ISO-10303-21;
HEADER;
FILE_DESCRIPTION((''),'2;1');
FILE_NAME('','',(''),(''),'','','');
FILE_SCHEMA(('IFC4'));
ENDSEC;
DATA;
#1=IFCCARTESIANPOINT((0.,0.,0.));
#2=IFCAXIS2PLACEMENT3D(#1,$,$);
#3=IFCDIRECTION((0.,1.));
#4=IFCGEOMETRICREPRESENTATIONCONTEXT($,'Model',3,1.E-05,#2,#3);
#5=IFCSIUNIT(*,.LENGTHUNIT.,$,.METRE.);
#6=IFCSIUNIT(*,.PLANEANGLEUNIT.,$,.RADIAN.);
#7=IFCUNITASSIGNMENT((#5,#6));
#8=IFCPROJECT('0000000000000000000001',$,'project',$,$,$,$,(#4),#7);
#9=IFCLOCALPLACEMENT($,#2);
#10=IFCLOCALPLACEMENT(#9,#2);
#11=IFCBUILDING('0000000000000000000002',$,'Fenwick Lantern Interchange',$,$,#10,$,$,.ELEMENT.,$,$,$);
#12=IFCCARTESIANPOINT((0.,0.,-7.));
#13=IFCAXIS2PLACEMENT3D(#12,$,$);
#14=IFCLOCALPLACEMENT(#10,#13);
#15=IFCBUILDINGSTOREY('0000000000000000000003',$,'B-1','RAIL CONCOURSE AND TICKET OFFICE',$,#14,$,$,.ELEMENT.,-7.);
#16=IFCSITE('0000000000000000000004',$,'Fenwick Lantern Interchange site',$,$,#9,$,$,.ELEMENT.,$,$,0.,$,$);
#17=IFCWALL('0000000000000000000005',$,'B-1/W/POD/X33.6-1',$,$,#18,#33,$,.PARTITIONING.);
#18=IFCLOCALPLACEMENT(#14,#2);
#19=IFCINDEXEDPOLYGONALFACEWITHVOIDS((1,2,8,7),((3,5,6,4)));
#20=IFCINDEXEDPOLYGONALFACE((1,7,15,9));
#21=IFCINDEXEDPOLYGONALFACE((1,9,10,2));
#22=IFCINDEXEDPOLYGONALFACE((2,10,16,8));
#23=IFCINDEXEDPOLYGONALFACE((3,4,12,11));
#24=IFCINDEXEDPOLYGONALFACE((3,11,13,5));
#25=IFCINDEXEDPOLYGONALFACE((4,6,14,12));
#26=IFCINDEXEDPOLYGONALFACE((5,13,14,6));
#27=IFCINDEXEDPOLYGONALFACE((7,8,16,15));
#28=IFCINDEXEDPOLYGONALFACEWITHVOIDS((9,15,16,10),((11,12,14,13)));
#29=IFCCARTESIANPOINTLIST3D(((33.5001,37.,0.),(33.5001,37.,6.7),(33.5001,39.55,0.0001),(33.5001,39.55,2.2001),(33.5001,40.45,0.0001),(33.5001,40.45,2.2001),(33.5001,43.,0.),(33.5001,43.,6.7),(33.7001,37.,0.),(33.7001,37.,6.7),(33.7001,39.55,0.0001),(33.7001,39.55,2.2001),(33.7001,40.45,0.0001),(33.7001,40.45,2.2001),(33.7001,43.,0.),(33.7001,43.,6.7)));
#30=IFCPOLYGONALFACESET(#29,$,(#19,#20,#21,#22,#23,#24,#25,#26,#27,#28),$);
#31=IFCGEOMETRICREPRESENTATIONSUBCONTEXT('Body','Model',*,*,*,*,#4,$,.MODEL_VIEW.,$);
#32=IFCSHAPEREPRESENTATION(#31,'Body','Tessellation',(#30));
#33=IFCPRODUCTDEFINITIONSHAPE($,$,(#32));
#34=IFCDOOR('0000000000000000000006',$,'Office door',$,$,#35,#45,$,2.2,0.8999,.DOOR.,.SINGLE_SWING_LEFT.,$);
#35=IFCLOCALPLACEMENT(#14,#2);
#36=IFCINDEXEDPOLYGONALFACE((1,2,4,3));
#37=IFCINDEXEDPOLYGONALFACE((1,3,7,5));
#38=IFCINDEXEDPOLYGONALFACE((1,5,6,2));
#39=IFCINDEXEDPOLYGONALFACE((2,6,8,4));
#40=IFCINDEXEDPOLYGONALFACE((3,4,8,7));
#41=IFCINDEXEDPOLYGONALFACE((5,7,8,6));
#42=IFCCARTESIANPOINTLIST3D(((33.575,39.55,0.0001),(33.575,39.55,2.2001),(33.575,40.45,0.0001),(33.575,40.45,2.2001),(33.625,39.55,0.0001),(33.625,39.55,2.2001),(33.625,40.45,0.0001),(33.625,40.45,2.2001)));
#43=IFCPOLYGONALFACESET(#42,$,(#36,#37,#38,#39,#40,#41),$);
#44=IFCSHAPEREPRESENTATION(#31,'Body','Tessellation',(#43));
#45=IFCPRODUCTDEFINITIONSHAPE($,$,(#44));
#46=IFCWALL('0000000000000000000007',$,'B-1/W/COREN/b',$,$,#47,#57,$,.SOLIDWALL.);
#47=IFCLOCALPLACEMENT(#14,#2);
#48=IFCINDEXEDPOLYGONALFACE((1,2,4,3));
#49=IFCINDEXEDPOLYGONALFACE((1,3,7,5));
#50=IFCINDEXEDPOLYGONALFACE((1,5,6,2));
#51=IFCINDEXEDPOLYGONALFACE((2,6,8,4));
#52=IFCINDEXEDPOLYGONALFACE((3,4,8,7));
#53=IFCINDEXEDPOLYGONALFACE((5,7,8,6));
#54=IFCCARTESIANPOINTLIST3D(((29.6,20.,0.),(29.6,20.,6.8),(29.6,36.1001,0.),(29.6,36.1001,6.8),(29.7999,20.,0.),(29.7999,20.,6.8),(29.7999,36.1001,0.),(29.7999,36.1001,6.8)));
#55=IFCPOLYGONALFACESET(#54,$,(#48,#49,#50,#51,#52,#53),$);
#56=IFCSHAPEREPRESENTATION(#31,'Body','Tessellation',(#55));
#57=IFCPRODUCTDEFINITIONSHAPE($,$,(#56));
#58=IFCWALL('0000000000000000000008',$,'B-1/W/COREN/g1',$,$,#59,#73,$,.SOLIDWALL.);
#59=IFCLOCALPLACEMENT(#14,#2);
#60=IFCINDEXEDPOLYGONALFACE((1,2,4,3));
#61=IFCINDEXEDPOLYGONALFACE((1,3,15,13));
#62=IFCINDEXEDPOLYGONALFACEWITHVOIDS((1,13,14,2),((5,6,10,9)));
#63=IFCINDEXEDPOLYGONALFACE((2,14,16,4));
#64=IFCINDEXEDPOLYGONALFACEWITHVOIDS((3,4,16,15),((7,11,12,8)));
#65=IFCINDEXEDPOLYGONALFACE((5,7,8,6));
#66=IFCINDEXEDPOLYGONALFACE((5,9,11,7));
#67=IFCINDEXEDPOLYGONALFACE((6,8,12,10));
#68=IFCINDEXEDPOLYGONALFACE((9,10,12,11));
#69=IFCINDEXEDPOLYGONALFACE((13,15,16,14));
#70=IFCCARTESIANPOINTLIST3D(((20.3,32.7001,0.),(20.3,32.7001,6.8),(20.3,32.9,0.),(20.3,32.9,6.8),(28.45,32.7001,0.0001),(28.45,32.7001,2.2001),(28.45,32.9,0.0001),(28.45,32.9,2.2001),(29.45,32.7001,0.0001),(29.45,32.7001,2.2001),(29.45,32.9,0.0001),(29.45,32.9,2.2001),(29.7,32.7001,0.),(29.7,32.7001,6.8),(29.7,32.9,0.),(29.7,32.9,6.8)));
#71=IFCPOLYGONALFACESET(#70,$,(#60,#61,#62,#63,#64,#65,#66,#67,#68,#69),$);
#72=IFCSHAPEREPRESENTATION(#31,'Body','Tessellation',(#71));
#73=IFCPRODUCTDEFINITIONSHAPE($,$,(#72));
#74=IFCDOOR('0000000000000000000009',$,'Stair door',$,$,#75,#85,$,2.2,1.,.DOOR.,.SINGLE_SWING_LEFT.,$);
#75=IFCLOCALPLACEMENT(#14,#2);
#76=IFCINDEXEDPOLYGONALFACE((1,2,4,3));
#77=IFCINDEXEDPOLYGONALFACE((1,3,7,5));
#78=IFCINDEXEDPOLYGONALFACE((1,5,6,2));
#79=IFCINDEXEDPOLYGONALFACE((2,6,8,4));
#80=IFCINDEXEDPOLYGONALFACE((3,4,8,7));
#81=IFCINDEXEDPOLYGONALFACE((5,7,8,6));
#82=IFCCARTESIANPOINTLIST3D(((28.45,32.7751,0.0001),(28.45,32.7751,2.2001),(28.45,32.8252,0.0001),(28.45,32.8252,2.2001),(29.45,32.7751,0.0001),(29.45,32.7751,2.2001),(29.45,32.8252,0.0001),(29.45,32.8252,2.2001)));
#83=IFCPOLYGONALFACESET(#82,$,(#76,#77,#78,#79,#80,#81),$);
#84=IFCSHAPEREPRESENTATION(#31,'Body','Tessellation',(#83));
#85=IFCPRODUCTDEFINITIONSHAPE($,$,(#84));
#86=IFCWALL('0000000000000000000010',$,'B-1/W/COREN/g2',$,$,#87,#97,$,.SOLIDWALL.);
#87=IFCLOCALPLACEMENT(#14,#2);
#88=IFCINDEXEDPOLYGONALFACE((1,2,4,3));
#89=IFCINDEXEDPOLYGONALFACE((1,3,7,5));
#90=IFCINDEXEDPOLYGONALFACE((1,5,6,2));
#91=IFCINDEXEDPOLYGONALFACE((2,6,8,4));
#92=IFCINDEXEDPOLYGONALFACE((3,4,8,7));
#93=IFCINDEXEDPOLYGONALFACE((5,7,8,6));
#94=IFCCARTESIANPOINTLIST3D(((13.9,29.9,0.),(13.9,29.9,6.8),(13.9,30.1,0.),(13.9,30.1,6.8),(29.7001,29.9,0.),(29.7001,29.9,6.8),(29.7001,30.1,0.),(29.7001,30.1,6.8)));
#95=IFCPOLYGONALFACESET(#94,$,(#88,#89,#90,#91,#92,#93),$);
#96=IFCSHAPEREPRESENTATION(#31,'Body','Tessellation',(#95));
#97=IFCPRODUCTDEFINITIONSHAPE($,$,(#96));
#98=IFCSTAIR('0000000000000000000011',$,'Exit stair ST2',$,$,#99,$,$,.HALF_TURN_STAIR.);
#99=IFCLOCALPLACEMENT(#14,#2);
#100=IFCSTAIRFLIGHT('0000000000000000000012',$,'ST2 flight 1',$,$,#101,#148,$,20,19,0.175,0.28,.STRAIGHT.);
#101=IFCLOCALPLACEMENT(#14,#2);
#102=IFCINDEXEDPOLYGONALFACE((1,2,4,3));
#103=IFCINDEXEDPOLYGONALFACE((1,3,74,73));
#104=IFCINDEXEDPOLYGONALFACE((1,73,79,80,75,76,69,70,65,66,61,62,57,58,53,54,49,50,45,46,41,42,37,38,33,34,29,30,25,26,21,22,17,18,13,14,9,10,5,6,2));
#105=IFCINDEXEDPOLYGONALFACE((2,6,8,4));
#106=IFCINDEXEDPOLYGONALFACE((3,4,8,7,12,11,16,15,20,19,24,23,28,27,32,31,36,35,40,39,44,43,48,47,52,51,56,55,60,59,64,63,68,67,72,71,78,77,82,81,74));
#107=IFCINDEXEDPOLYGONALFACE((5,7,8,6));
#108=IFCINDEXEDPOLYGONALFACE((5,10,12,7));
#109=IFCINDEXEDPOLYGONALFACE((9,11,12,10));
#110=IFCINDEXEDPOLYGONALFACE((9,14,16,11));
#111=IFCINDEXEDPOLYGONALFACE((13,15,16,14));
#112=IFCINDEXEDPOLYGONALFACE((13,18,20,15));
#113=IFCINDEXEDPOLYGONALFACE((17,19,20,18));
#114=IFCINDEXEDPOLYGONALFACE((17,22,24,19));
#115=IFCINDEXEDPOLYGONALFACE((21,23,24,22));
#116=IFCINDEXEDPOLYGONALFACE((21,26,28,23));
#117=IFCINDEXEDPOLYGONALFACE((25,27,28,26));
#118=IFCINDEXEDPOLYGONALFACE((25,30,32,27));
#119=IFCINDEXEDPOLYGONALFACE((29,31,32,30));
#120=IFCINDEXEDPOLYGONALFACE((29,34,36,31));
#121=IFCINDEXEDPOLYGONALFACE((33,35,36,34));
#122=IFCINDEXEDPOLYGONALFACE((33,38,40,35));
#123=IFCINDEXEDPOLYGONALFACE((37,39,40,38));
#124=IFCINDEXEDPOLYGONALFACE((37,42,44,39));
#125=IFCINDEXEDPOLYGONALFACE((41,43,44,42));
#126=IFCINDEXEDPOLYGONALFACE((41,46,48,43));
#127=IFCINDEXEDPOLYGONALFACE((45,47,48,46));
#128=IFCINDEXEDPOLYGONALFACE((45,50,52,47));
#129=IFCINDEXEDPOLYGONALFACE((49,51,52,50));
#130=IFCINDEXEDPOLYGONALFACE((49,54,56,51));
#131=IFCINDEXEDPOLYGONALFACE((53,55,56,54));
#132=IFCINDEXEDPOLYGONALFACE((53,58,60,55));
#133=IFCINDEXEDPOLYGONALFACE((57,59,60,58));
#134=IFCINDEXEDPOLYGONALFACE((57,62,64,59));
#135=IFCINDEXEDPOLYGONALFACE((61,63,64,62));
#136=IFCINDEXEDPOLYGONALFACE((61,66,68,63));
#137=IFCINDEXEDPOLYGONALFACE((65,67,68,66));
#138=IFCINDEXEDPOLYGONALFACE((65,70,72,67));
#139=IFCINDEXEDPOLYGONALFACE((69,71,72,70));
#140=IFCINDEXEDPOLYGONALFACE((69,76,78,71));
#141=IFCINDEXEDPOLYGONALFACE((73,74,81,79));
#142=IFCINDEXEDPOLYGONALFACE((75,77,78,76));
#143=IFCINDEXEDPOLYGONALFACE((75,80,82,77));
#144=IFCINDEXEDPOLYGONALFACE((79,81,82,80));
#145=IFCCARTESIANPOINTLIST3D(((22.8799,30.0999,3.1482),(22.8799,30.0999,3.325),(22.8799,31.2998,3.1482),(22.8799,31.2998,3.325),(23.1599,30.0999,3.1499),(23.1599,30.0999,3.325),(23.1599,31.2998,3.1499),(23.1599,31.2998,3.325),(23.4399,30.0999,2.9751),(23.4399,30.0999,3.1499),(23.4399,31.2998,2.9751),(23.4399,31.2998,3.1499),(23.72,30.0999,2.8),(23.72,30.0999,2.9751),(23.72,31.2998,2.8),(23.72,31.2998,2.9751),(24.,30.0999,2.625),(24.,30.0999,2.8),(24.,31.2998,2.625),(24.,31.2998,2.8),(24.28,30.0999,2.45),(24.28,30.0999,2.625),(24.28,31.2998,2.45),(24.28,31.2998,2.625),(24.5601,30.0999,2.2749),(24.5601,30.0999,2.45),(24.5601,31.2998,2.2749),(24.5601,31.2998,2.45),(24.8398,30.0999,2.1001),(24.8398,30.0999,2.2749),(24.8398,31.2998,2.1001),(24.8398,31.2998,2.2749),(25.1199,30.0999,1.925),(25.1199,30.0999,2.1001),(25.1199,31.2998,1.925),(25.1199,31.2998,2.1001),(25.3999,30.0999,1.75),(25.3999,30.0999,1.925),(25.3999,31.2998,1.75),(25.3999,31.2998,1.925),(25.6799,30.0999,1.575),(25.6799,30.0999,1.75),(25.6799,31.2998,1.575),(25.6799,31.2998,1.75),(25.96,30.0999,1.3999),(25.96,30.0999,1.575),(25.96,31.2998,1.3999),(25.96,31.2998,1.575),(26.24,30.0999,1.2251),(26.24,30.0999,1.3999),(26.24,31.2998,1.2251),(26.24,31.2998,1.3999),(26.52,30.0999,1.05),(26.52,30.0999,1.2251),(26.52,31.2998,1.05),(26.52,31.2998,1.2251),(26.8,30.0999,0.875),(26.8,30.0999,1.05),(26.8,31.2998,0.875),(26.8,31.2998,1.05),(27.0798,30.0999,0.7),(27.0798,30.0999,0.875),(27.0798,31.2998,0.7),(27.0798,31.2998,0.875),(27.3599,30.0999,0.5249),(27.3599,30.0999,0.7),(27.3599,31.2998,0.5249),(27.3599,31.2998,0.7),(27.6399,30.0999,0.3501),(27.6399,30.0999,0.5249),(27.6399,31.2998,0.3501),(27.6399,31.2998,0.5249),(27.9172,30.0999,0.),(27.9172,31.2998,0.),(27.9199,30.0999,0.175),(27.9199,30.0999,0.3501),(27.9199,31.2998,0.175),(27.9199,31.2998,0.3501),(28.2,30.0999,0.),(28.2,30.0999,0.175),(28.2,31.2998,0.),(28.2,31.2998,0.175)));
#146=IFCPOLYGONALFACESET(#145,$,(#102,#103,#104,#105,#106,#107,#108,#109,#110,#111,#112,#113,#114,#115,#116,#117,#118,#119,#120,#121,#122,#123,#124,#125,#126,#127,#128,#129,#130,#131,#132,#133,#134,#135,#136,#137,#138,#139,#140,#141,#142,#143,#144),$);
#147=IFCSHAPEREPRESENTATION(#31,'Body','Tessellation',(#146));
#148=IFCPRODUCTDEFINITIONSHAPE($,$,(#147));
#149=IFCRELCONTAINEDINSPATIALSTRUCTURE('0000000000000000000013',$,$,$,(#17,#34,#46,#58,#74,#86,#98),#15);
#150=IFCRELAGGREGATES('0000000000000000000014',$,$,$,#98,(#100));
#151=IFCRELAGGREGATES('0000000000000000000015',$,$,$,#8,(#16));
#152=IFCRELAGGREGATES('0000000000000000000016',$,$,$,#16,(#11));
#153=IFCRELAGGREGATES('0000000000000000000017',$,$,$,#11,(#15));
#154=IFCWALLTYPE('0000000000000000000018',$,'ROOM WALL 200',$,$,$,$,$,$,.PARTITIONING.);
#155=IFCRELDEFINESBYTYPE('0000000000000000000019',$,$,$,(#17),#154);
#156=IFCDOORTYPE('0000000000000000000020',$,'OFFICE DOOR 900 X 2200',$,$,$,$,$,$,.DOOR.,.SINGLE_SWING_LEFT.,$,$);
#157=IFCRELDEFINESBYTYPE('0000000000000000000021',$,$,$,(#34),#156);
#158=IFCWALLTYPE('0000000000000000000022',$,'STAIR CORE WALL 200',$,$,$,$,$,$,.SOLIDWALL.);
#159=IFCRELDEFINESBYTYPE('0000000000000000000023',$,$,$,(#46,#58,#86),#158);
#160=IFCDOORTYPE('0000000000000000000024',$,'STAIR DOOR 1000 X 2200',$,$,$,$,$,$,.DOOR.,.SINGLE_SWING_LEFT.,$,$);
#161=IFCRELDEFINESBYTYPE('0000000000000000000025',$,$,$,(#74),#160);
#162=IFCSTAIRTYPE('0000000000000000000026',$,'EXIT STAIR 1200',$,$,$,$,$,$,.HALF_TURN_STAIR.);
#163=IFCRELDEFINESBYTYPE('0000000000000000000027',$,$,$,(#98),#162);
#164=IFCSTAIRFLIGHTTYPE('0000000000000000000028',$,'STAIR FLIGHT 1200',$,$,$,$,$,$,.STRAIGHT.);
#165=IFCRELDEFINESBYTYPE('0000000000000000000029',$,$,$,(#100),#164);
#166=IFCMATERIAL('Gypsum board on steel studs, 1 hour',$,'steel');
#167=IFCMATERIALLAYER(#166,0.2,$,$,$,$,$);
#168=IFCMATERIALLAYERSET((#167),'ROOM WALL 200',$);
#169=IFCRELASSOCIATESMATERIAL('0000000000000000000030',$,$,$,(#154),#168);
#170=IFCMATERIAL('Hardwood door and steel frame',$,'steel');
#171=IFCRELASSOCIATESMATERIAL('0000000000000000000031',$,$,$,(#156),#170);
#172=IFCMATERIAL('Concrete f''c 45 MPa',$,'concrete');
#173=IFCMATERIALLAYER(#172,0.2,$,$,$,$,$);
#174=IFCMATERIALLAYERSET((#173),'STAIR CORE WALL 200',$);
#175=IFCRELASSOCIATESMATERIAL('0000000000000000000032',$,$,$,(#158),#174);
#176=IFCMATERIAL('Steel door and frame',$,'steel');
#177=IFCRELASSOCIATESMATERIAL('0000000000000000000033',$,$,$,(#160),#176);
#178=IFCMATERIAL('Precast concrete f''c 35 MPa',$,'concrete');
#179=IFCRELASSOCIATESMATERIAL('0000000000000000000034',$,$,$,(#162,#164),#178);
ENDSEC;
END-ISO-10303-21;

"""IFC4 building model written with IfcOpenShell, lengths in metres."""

from ifc_helpers import new_model, si_unit, direction, frame, frame_2d, origin, place, context, subcontext, project, spatial, polyline, rectangle, outline, extrude, material, layer, layer_set, type_object, element, fill, aggregate, save


model = new_model("IFC4")

# Units and contexts
model_context = context("Model", 3, precision=1e-05, world=origin(), true_north=direction((0.0, 1.0)))
body_context = subcontext(model_context, "Body", "Model", "MODEL_VIEW")
ifc_project = project(units=[si_unit("LENGTHUNIT", "METRE"), si_unit("PLANEANGLEUNIT", "RADIAN")], contexts=[model_context])

# Site, building, storey
site_placement = place(None, origin())
site = spatial("IfcSite", under=ifc_project, at=site_placement, Name="Fenwick Lantern Interchange site", CompositionType="ELEMENT", RefElevation=0.0)
building_placement = place(site_placement, origin())
building = spatial("IfcBuilding", under=site, at=building_placement, Name="Fenwick Lantern Interchange", CompositionType="ELEMENT")
storey_placement = place(building_placement, frame((0.0, 0.0, -7.0)))
storey = spatial("IfcBuildingStorey", under=building, at=storey_placement, Name="B-1", Description="RAIL CONCOURSE AND TICKET OFFICE", CompositionType="ELEMENT", Elevation=-7.0)

# Shared definitions
ifc_material_1 = material(Name="Concrete f'c 45 MPa", Category="concrete")

# Wall, opening, door
ifc_material_2 = material(Name="Steel door and frame", Category="steel")
ifc_material_3 = material(Name="Gypsum board on steel studs, 1 hour", Category="steel")
ifc_layer_1 = layer(ifc_material_3, 0.2)
ifc_layer_set_1 = layer_set([ifc_layer_1], Name="ROOM WALL 200")
wall_type_1 = type_object("IfcWallType", Name="ROOM WALL 200", PredefinedType="PARTITIONING", material=ifc_layer_set_1)
wall_1_placement = place(storey_placement, frame((33.6001, 37.0, 0.0), z_axis=(0.0, 0.0, 1.0), x_axis=(0.0, 1.0, 0.0)))
wall_1 = element("IfcWall", 1, at=wall_1_placement, inside=storey, type_object=wall_type_1, Name="B-1/W/POD/X33.6-1", PredefinedType="PARTITIONING", context=body_context, shape_type="SweptSolid", body=[
    extrude(rectangle(XDim=6.0, YDim=0.2, at=frame_2d((3.0, 0.0))), origin(), (0.0, 0.0, 1.0), 6.7),
])
opening_1_placement = place(wall_1_placement, frame((2.55, 0.0, 0.0)))
opening_1 = element("IfcOpeningElement", 2, at=opening_1_placement, cuts=wall_1, PredefinedType="OPENING", context=body_context, shape_type="SweptSolid", body=[
    extrude(rectangle(XDim=0.8999, YDim=2.2, at=frame_2d((0.45, 1.1001))), frame((0.0, 0.1099, 0.0), z_axis=(0.0, -1.0, 0.0), x_axis=(1.0, 0.0, 0.0)), (0.0, 0.0, 1.0), 0.22),
])
ifc_material_4 = material(Name="Hardwood door and steel frame", Category="steel")
door_type_1 = type_object("IfcDoorType", Name="OFFICE DOOR 900 X 2200", OperationType="SINGLE_SWING_LEFT", PredefinedType="DOOR", material=ifc_material_4)
door_1_placement = place(opening_1_placement, frame((0.8999, 0.0, 0.0), z_axis=(0.0, 0.0, 1.0), x_axis=(-1.0, 0.0, 0.0)))
door_1 = element("IfcDoor", 3, at=door_1_placement, inside=storey, type_object=door_type_1, Name="Office door", OperationType="SINGLE_SWING_LEFT", OverallHeight=2.2, OverallWidth=0.8999, PredefinedType="DOOR", context=body_context, shape_type="SweptSolid", body=[
    extrude(rectangle(XDim=0.8999, YDim=2.2, at=frame_2d((0.45, 1.1001))), frame((0.0, 0.0249, 0.0), z_axis=(0.0, -1.0, 0.0), x_axis=(1.0, 0.0, 0.0)), (0.0, 0.0, 1.0), 0.05),
])
fill(opening_1, door_1)

# Wall
ifc_layer_2 = layer(ifc_material_1, 0.2)
ifc_layer_set_2 = layer_set([ifc_layer_2], Name="STAIR CORE WALL 200")
wall_type_2 = type_object("IfcWallType", Name="STAIR CORE WALL 200", PredefinedType="SOLIDWALL", material=ifc_layer_set_2)
wall_2_placement = place(storey_placement, frame((29.7, 36.1001, 0.0), z_axis=(0.0, 0.0, 1.0), x_axis=(0.0, -1.0, 0.0)))
element("IfcWall", 4, at=wall_2_placement, inside=storey, type_object=wall_type_2, Name="B-1/W/COREN/b", PredefinedType="SOLIDWALL", context=body_context, shape_type="SweptSolid", body=[
    extrude(rectangle(XDim=16.1001, YDim=0.2, at=frame_2d((8.05, 0.0))), origin(), (0.0, 0.0, 1.0), 6.8),
])

# Wall, opening, door
wall_3_placement = place(storey_placement, frame((29.7, 32.8, 0.0), z_axis=(0.0, 0.0, 1.0), x_axis=(-1.0, 0.0, 0.0)))
wall_3 = element("IfcWall", 5, at=wall_3_placement, inside=storey, type_object=wall_type_2, Name="B-1/W/COREN/g1", PredefinedType="SOLIDWALL", context=body_context, shape_type="SweptSolid", body=[
    extrude(rectangle(XDim=9.3999, YDim=0.2, at=frame_2d((4.7, 0.0))), origin(), (0.0, 0.0, 1.0), 6.8),
])
opening_2_placement = place(wall_3_placement, frame((0.25, 0.0, 0.0)))
opening_2 = element("IfcOpeningElement", 6, at=opening_2_placement, cuts=wall_3, PredefinedType="OPENING", context=body_context, shape_type="SweptSolid", body=[
    extrude(rectangle(XDim=1.0, YDim=2.2, at=frame_2d((0.5, 1.1001))), frame((0.0, 0.1099, 0.0), z_axis=(0.0, -1.0, 0.0), x_axis=(1.0, 0.0, 0.0)), (0.0, 0.0, 1.0), 0.22),
])
door_type_2 = type_object("IfcDoorType", Name="STAIR DOOR 1000 X 2200", OperationType="SINGLE_SWING_LEFT", PredefinedType="DOOR", material=ifc_material_2)
door_2_placement = place(opening_2_placement, origin())
door_2 = element("IfcDoor", 7, at=door_2_placement, inside=storey, type_object=door_type_2, Name="Stair door", OperationType="SINGLE_SWING_LEFT", OverallHeight=2.2, OverallWidth=1.0, PredefinedType="DOOR", context=body_context, shape_type="SweptSolid", body=[
    extrude(rectangle(XDim=1.0, YDim=2.2, at=frame_2d((0.5, 1.1001))), frame((0.0, 0.0249, 0.0), z_axis=(0.0, -1.0, 0.0), x_axis=(1.0, 0.0, 0.0)), (0.0, 0.0, 1.0), 0.05),
])
fill(opening_2, door_2)

# Wall
wall_4_placement = place(storey_placement, frame((29.7, 30.0, 0.0), z_axis=(0.0, 0.0, 1.0), x_axis=(-1.0, 0.0, 0.0)))
element("IfcWall", 8, at=wall_4_placement, inside=storey, type_object=wall_type_2, Name="B-1/W/COREN/g2", PredefinedType="SOLIDWALL", context=body_context, shape_type="SweptSolid", body=[
    extrude(rectangle(XDim=15.8, YDim=0.2, at=frame_2d((7.8999, 0.0))), origin(), (0.0, 0.0, 1.0), 6.8),
])

# Stair, stair flight
ifc_material_5 = material(Name="Precast concrete f'c 35 MPa", Category="concrete")
stair_type = type_object("IfcStairType", Name="EXIT STAIR 1200", PredefinedType="HALF_TURN_STAIR", material=ifc_material_5)
stair_placement = place(storey_placement, origin())
stair = element("IfcStair", 9, at=stair_placement, inside=storey, type_object=stair_type, Name="Exit stair ST2", PredefinedType="HALF_TURN_STAIR")
stair_flight_type = type_object("IfcStairFlightType", Name="STAIR FLIGHT 1200", PredefinedType="STRAIGHT", material=ifc_material_5)
stair_flight_placement = place(storey_placement, frame((28.2, 30.7, 0.0), z_axis=(0.0, 0.0, 1.0), x_axis=(-1.0, 0.0, 0.0)))
stair_flight = element("IfcStairFlight", 10, at=stair_flight_placement, type_object=stair_flight_type, Name="ST2 flight 1", NumberOfRisers=20, NumberOfTreads=19, PredefinedType="STRAIGHT", RiserHeight=0.175, TreadLength=0.28, context=body_context, shape_type="SweptSolid", body=[
    extrude(outline(polyline([(0.0, 0.0), (0.0, 0.175), (0.28, 0.175), (0.28, 0.3501), (0.5601, 0.3501), (0.5601, 0.5249), (0.8401, 0.5249), (0.8401, 0.7), (1.1201, 0.7), (1.1201, 0.875), (1.3999, 0.875), (1.3999, 1.05), (1.6799, 1.05), (1.6799, 1.2251), (1.96, 1.2251), (1.96, 1.3999), (2.24, 1.3999), (2.24, 1.575), (2.52, 1.575), (2.52, 1.75), (2.8, 1.75), (2.8, 1.925), (3.0801, 1.925), (3.0801, 2.1001), (3.3601, 2.1001), (3.3601, 2.2749), (3.6399, 2.2749), (3.6399, 2.45), (3.9199, 2.45), (3.9199, 2.625), (4.2, 2.625), (4.2, 2.8), (4.48, 2.8), (4.48, 2.9751), (4.76, 2.9751), (4.76, 3.1499), (5.04, 3.1499), (5.04, 3.325), (5.3201, 3.325), (5.3201, 3.5), (5.3201, 3.1482), (0.2827, 0.0), (0.0, 0.0)])), frame((0.0, 0.6001, 0.0), z_axis=(0.0, -1.0, 0.0), x_axis=(1.0, 0.0, 0.0)), (0.0, 0.0, 1.0), 1.2),
])
aggregate(stair, [stair_flight])

save(model, "model.ifc")
